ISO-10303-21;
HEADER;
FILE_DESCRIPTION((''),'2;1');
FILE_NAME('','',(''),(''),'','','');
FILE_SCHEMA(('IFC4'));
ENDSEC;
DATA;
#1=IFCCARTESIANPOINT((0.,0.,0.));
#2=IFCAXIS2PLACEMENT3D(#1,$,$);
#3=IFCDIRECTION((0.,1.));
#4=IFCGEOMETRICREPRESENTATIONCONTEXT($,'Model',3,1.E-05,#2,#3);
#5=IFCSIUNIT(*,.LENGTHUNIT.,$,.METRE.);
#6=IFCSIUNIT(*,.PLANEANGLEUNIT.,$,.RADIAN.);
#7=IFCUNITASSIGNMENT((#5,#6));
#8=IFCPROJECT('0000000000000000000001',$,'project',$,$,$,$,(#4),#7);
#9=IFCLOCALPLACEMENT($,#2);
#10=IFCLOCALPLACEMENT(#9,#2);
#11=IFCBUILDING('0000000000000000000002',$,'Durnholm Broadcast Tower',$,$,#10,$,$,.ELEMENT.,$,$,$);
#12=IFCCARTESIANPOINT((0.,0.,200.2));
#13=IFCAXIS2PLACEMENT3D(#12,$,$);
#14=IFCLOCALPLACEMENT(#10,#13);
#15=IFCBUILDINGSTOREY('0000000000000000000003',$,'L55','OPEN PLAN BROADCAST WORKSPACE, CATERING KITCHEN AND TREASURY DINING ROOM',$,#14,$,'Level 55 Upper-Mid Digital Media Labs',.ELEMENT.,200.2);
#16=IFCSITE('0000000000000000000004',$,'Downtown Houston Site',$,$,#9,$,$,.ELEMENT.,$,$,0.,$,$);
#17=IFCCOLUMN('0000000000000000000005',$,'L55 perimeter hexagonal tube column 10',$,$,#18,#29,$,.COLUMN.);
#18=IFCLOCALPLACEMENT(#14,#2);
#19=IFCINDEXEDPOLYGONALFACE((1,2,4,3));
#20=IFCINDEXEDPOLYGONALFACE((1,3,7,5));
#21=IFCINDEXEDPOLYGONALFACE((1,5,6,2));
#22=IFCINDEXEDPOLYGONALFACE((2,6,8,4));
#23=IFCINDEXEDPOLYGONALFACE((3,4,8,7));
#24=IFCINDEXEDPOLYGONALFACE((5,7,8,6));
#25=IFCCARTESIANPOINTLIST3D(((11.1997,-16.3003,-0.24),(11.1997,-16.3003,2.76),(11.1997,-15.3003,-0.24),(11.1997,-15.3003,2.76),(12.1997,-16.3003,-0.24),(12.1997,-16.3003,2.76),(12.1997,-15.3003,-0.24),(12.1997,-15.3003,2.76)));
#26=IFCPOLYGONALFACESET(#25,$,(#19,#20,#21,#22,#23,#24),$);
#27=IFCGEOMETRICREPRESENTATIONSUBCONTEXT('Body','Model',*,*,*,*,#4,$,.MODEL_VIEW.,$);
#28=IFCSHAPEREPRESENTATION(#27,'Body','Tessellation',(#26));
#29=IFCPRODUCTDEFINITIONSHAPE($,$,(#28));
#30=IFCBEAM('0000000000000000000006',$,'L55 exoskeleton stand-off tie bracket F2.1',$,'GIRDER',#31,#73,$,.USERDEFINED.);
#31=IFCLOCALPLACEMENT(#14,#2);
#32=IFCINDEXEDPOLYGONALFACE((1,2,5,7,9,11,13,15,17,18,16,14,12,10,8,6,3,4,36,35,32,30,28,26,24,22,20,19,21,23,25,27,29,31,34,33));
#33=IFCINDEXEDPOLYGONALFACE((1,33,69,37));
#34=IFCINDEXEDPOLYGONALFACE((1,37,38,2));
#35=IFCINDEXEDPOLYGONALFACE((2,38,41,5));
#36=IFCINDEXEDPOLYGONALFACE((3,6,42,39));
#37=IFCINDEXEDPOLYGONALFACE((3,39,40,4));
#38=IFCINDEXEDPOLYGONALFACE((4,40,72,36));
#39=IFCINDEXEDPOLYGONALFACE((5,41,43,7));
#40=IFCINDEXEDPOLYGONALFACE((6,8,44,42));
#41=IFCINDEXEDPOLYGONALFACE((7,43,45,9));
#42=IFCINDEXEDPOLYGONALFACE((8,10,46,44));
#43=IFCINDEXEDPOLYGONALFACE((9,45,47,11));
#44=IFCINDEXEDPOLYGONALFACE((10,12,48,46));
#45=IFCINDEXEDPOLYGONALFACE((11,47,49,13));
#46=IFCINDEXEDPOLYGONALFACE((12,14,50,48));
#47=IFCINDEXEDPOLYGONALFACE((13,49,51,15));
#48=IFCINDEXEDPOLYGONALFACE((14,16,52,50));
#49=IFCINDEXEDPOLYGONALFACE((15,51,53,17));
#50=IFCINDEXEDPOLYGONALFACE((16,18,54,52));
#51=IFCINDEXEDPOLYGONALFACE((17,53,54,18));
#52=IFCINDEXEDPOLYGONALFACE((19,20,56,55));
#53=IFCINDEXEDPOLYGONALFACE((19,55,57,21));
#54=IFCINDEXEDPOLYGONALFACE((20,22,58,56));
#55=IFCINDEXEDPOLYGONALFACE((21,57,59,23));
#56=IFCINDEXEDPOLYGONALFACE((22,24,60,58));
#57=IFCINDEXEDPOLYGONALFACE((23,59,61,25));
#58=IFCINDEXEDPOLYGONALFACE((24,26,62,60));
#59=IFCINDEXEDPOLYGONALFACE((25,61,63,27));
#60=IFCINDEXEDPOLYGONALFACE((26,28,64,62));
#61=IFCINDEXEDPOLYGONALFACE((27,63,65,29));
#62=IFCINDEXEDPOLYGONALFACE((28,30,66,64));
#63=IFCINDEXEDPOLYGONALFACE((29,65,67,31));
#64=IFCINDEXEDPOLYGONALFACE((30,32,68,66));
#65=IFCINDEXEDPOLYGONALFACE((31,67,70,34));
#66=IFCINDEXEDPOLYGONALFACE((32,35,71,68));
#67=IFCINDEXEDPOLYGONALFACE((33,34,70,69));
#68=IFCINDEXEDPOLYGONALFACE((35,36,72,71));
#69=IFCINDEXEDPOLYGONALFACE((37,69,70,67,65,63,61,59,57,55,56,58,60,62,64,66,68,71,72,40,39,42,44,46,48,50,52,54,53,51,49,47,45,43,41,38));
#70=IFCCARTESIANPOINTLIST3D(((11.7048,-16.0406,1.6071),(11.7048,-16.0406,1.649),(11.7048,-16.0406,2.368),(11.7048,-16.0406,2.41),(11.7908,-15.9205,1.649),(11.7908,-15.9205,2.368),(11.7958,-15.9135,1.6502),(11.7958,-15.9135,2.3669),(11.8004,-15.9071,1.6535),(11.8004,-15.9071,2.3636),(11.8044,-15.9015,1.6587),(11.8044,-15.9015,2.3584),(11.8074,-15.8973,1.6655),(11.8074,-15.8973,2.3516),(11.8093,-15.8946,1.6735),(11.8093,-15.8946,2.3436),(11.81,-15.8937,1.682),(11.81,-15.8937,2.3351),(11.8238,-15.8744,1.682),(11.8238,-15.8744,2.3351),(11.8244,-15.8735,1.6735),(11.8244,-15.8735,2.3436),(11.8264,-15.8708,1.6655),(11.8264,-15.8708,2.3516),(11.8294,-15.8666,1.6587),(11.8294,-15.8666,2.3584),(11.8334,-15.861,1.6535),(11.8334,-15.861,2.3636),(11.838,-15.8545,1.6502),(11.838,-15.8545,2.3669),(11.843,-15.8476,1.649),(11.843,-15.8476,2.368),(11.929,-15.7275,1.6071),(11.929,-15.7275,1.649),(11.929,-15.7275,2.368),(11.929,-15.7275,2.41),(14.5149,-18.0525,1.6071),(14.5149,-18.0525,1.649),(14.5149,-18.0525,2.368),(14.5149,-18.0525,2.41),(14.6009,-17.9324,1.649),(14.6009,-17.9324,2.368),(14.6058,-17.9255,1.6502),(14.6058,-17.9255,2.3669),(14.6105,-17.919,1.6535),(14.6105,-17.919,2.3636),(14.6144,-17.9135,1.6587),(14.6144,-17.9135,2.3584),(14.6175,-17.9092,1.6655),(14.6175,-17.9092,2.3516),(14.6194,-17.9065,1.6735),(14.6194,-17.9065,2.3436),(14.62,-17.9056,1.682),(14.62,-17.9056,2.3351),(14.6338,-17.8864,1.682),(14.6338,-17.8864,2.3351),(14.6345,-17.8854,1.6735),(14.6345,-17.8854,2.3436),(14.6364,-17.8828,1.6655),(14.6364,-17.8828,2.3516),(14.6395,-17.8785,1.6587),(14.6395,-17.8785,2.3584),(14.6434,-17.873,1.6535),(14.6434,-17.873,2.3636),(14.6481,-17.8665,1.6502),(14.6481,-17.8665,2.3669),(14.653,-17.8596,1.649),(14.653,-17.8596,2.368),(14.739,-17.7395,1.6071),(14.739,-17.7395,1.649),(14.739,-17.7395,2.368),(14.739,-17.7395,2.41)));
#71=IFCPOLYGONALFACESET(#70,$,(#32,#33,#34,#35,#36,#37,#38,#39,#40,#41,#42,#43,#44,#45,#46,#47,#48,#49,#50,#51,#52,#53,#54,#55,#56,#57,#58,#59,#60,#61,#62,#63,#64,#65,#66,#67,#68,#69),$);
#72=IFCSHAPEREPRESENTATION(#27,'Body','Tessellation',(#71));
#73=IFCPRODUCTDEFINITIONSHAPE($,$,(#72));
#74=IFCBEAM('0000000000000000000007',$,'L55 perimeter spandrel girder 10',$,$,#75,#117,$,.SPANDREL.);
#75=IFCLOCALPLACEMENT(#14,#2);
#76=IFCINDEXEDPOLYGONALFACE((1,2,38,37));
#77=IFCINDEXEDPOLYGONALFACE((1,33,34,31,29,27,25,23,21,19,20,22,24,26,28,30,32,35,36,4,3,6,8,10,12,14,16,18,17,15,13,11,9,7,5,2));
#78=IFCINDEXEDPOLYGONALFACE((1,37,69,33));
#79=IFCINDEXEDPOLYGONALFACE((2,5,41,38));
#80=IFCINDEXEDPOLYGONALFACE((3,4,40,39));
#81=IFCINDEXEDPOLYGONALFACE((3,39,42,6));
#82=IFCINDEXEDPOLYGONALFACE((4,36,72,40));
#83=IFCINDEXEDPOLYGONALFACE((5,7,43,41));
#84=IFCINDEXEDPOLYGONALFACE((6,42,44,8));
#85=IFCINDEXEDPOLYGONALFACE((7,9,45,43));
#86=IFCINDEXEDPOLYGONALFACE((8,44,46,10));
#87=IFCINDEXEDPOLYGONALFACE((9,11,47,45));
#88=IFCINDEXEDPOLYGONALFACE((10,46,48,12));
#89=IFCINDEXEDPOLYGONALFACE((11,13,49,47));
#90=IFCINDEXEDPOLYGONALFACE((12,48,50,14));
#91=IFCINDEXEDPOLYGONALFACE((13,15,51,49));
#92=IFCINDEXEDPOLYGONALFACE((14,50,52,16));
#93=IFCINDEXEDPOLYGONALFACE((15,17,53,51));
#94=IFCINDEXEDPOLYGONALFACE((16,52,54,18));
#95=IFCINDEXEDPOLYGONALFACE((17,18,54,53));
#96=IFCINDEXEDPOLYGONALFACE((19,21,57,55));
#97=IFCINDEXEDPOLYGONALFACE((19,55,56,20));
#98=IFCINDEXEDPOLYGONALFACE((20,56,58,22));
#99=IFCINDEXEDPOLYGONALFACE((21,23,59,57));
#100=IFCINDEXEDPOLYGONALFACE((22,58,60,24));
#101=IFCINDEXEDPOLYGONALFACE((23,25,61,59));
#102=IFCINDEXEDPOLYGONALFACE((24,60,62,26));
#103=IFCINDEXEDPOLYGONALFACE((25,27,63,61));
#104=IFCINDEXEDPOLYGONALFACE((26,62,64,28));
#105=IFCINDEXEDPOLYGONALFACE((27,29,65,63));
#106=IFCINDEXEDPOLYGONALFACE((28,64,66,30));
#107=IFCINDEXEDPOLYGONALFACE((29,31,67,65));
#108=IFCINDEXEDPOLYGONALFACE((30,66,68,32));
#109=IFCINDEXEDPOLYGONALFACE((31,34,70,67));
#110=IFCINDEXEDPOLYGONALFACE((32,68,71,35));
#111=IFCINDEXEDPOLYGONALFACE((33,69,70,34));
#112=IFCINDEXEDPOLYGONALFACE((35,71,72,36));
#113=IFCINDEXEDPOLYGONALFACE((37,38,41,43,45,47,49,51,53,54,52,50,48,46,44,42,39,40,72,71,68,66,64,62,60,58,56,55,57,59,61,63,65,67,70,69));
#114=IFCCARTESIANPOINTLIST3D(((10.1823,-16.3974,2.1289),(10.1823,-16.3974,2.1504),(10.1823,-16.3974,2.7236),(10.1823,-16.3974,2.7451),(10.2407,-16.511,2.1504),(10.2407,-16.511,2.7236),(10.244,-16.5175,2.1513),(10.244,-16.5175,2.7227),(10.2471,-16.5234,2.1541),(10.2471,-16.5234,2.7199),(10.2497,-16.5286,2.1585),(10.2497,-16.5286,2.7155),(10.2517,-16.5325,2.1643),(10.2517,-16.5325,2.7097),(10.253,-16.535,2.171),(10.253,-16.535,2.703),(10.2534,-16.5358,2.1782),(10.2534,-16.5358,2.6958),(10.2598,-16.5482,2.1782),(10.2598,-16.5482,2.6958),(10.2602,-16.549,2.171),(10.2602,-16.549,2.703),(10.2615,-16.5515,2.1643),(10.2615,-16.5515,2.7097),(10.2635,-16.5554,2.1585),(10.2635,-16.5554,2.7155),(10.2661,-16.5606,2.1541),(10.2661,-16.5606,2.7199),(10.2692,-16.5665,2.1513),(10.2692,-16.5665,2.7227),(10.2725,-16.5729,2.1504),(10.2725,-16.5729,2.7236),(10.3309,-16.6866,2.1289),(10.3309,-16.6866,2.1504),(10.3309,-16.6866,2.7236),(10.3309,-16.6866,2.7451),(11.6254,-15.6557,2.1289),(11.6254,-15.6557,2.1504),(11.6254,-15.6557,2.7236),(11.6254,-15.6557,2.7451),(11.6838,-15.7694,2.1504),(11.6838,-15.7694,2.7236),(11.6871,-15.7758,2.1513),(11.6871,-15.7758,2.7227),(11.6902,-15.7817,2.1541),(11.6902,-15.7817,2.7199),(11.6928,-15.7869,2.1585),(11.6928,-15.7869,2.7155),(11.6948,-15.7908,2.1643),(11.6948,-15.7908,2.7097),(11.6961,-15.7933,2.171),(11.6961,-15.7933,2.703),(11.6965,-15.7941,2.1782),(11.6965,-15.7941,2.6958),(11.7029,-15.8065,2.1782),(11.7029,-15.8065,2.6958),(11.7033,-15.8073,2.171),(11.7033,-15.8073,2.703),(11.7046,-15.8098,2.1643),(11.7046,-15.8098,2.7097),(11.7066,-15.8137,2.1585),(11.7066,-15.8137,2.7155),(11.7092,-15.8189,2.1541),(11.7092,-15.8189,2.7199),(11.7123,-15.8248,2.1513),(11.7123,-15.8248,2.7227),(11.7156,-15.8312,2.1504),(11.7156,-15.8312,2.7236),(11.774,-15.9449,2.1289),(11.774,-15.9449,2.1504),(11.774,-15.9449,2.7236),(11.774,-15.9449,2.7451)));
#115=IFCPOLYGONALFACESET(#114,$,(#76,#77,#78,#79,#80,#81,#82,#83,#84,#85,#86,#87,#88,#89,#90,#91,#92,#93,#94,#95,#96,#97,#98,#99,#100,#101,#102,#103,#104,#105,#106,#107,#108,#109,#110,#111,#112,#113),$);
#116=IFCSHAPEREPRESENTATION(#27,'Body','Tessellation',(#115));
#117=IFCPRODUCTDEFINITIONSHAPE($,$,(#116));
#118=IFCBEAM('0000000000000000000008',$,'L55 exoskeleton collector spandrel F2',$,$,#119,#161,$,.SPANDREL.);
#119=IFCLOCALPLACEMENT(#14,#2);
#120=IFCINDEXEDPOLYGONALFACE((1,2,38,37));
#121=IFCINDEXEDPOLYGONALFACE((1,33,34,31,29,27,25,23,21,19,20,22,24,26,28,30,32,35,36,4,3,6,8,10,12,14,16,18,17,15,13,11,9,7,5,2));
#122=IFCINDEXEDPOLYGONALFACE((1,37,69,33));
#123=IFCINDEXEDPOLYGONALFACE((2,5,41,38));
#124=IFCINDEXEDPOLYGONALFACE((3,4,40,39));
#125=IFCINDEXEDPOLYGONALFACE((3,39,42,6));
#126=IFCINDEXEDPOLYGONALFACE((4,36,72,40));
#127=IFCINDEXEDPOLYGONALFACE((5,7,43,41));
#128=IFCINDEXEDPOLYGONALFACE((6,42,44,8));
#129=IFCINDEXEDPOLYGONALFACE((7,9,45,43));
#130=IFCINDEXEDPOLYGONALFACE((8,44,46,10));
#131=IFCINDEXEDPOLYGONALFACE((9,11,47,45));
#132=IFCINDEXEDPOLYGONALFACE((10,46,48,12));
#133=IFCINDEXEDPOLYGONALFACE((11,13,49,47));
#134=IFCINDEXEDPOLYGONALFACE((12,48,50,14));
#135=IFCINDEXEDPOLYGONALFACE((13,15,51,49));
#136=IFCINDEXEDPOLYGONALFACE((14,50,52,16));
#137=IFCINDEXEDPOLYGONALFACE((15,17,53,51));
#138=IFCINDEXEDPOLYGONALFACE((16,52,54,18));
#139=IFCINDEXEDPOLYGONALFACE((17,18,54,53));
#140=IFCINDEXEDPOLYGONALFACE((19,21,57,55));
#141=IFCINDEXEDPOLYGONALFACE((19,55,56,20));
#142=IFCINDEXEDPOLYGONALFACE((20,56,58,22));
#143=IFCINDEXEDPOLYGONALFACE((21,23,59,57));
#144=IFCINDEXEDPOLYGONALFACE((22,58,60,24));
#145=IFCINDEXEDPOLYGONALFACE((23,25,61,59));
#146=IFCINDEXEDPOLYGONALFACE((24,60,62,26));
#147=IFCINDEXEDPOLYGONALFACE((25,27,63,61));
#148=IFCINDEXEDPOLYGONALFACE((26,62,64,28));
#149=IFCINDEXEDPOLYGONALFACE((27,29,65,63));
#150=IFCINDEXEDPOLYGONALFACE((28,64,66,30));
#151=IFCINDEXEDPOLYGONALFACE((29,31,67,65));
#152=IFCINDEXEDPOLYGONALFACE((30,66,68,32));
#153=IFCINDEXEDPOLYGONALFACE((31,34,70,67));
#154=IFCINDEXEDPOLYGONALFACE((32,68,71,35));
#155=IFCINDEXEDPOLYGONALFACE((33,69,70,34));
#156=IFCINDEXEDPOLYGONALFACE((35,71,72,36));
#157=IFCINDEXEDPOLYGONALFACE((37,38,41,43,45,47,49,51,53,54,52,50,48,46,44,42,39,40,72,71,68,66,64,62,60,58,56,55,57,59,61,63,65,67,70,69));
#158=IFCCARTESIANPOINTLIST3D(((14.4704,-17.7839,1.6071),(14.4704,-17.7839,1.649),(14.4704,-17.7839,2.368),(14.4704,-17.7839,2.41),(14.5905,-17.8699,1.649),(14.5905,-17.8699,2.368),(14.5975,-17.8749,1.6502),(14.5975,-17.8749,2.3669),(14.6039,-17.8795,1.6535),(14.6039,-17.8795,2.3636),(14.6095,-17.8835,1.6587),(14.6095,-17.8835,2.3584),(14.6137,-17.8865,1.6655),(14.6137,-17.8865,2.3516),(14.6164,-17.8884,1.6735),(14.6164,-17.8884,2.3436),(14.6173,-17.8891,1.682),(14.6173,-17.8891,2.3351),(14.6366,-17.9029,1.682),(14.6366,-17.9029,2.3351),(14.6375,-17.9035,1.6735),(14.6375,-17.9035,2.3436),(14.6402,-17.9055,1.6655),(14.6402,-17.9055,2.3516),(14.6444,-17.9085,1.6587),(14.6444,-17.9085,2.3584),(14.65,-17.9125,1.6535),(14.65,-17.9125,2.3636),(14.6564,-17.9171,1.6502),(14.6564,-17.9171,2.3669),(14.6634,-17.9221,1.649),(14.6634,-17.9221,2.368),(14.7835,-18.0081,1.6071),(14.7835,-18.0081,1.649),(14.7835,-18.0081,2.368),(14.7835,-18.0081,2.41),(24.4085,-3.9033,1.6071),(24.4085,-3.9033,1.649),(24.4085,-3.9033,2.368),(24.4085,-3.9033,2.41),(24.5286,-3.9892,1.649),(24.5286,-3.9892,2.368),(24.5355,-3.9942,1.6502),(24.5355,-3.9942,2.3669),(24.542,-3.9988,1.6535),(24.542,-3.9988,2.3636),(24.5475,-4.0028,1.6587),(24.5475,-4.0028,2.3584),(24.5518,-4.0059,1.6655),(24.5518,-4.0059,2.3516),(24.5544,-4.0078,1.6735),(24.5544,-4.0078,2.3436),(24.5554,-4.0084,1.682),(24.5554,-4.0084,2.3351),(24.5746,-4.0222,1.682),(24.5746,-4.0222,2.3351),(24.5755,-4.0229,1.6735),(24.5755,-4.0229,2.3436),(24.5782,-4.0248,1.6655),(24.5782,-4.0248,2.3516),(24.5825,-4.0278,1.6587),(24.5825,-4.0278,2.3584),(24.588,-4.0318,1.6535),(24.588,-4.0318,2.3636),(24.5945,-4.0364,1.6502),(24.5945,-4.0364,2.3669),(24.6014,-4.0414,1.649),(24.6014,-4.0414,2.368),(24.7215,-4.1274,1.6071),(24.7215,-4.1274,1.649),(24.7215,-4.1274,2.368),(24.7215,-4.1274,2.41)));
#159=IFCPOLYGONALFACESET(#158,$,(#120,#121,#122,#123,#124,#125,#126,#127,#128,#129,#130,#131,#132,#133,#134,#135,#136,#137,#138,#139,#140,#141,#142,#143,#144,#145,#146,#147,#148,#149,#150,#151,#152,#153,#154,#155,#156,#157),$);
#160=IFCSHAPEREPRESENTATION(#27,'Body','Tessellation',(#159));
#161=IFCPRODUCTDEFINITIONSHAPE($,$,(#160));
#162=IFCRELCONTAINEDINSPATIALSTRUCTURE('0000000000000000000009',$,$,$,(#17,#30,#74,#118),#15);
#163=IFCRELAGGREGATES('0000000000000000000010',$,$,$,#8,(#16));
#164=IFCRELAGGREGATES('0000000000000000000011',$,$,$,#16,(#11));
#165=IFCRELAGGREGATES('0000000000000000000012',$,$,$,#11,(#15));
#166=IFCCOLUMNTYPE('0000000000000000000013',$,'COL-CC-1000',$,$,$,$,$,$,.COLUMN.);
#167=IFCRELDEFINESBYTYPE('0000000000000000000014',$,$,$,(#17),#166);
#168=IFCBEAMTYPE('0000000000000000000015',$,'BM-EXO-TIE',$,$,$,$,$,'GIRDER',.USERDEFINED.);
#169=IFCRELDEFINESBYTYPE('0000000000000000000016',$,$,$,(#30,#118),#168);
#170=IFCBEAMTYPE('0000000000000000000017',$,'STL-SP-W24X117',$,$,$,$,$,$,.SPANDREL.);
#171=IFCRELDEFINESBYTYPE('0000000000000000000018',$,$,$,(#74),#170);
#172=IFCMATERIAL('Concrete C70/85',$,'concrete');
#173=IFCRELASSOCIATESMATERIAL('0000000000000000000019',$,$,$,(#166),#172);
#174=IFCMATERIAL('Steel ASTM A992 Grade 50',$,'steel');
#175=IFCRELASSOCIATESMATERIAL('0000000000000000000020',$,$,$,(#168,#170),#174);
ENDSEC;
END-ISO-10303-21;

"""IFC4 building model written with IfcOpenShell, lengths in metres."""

from ifc_helpers import new_model, si_unit, direction, frame, origin, origin_2d, place, context, subcontext, project, spatial, rectangle, i_section, extrude, source, transform, mapped, material, material_profile, profile_set, type_object, type_shapes, element, save


model = new_model("IFC4")

# Units and contexts
model_context = context("Model", 3, precision=1e-05, world=origin(), true_north=direction((0.0, 1.0)))
body_context = subcontext(model_context, "Body", "Model", "MODEL_VIEW")
ifc_project = project(units=[si_unit("LENGTHUNIT", "METRE"), si_unit("PLANEANGLEUNIT", "RADIAN")], contexts=[model_context])

# Site, building, storey
site_placement = place(None, origin())
site = spatial("IfcSite", under=ifc_project, at=site_placement, Name="Downtown Houston Site", CompositionType="ELEMENT", RefElevation=0.0)
building_placement = place(site_placement, origin())
building = spatial("IfcBuilding", under=site, at=building_placement, Name="Durnholm Broadcast Tower", CompositionType="ELEMENT")
storey_placement = place(building_placement, frame((0.0, 0.0, 200.2)))
storey = spatial("IfcBuildingStorey", under=building, at=storey_placement, Name="L55", Description="OPEN PLAN BROADCAST WORKSPACE, CATERING KITCHEN AND TREASURY DINING ROOM", LongName="Level 55 Upper-Mid Digital Media Labs", CompositionType="ELEMENT", Elevation=200.2)

# Column
ifc_material_1 = material(Name="Concrete C70/85", Category="concrete")
ifc_material_profile_1 = material_profile(ifc_material_1, rectangle(XDim=1.0, YDim=1.0, at=origin_2d()), Name="RC1000X1000")
ifc_profile_set_1 = profile_set([ifc_material_profile_1], Name="Concrete C70/85")
column_type = type_object("IfcColumnType", Name="COL-CC-1000", PredefinedType="COLUMN", material=ifc_profile_set_1)
shared_shape_1 = source(origin(), body_context, "Body", "SweptSolid", [
    extrude(rectangle(XDim=1.0, YDim=1.0, at=origin_2d()), origin(), (0.0, 0.0, 1.0), 3.0),
])
type_shapes(column_type, [shared_shape_1])
column_placement = place(storey_placement, frame((11.6997, -15.8003, -0.24), z_axis=(0.0, 0.0, 1.0), x_axis=(1.0, 0.0, 0.0)))
element("IfcColumn", 1, at=column_placement, inside=storey, type_object=column_type, Name="L55 perimeter hexagonal tube column 10", PredefinedType="COLUMN", context=body_context, shape_type="MappedRepresentation", body=[
    mapped(shared_shape_1, transform((0.0, 0.0, 0.0), x_axis=(1.0, 0.0, 0.0), y_axis=(0.0, 1.0, 0.0), z_axis=(0.0, 0.0, 1.0), scale=1.0)),
])

# Beams
ifc_material_2 = material(Name="Steel ASTM A992 Grade 50", Category="steel")
ifc_material_profile_2 = material_profile(ifc_material_2, i_section(OverallWidth=0.385, OverallDepth=0.803, WebThickness=0.0237, FlangeThickness=0.042, FilletRadius=0.033, at=origin_2d()), Name="W30X261")
ifc_profile_set_2 = profile_set([ifc_material_profile_2], Name="Steel ASTM A992 Grade 50")
beam_type_1 = type_object("IfcBeamType", Name="BM-EXO-TIE", ElementType="GIRDER", PredefinedType="USERDEFINED", material=ifc_profile_set_2)
shared_shape_2 = source(origin(), body_context, "Body", "SweptSolid", [
    extrude(i_section(OverallWidth=0.385, OverallDepth=0.803, WebThickness=0.0237, FlangeThickness=0.042, FilletRadius=0.033, at=origin_2d()), origin(), (0.0, 0.0, 1.0), 3.4561),
])
beam_1_placement = place(storey_placement, frame((11.8169, -15.884, 2.0085), z_axis=(0.813079, -0.582153, 0.0), x_axis=(0.582153, 0.813079, 0.0)))
element("IfcBeam", 2, at=beam_1_placement, inside=storey, type_object=beam_type_1, Name="L55 exoskeleton stand-off tie bracket F2.1", ObjectType="GIRDER", PredefinedType="USERDEFINED", context=body_context, shape_type="MappedRepresentation", body=[
    mapped(shared_shape_2, transform((0.0, 0.0, 0.0), x_axis=(1.0, 0.0, 0.0), y_axis=(0.0, 1.0, 0.0), z_axis=(0.0, 0.0, 1.0), scale=1.0)),
])
ifc_material_profile_3 = material_profile(ifc_material_2, i_section(OverallWidth=0.3252, OverallDepth=0.6162, WebThickness=0.0139, FlangeThickness=0.0215, FilletRadius=0.0278, at=origin_2d()), Name="W24X117")
ifc_profile_set_3 = profile_set([ifc_material_profile_3], Name="Steel ASTM A992 Grade 50")
beam_type_2 = type_object("IfcBeamType", Name="STL-SP-W24X117", PredefinedType="SPANDREL", material=ifc_profile_set_3)
shared_shape_3 = source(origin(), body_context, "Body", "SweptSolid", [
    extrude(i_section(OverallWidth=0.3252, OverallDepth=0.6162, WebThickness=0.0139, FlangeThickness=0.0215, FilletRadius=0.0278, at=origin_2d()), origin(), (0.0, 0.0, 1.0), 1.6226),
])
type_shapes(beam_type_2, [shared_shape_3])
beam_2_placement = place(storey_placement, frame((11.6997, -15.8003, 2.437), z_axis=(-0.889407, -0.457117, 0.0), x_axis=(0.457117, -0.889407, 0.0)))
element("IfcBeam", 3, at=beam_2_placement, inside=storey, type_object=beam_type_2, Name="L55 perimeter spandrel girder 10", PredefinedType="SPANDREL", context=body_context, shape_type="MappedRepresentation", body=[
    mapped(shared_shape_3, transform((0.0, 0.0, 0.0), x_axis=(1.0, 0.0, 0.0), y_axis=(0.0, 1.0, 0.0), z_axis=(0.0, 0.0, 1.0), scale=1.0)),
])
shared_shape_4 = source(origin(), body_context, "Body", "SweptSolid", [
    extrude(i_section(OverallWidth=0.385, OverallDepth=0.803, WebThickness=0.0237, FlangeThickness=0.042, FilletRadius=0.033, at=origin_2d()), origin(), (0.0, 0.0, 1.0), 17.0715),
])
type_shapes(beam_type_1, [shared_shape_2, shared_shape_4])
beam_3_placement = place(storey_placement, frame((14.627, -17.896, 2.0085), z_axis=(0.58214, 0.813088, 0.0), x_axis=(-0.813088, 0.58214, 0.0)))
element("IfcBeam", 4, at=beam_3_placement, inside=storey, type_object=beam_type_1, Name="L55 exoskeleton collector spandrel F2", PredefinedType="SPANDREL", context=body_context, shape_type="MappedRepresentation", body=[
    mapped(shared_shape_4, transform((0.0, 0.0, 0.0), x_axis=(1.0, 0.0, 0.0), y_axis=(0.0, 1.0, 0.0), z_axis=(0.0, 0.0, 1.0), scale=1.0)),
])

save(model, "model.ifc")
